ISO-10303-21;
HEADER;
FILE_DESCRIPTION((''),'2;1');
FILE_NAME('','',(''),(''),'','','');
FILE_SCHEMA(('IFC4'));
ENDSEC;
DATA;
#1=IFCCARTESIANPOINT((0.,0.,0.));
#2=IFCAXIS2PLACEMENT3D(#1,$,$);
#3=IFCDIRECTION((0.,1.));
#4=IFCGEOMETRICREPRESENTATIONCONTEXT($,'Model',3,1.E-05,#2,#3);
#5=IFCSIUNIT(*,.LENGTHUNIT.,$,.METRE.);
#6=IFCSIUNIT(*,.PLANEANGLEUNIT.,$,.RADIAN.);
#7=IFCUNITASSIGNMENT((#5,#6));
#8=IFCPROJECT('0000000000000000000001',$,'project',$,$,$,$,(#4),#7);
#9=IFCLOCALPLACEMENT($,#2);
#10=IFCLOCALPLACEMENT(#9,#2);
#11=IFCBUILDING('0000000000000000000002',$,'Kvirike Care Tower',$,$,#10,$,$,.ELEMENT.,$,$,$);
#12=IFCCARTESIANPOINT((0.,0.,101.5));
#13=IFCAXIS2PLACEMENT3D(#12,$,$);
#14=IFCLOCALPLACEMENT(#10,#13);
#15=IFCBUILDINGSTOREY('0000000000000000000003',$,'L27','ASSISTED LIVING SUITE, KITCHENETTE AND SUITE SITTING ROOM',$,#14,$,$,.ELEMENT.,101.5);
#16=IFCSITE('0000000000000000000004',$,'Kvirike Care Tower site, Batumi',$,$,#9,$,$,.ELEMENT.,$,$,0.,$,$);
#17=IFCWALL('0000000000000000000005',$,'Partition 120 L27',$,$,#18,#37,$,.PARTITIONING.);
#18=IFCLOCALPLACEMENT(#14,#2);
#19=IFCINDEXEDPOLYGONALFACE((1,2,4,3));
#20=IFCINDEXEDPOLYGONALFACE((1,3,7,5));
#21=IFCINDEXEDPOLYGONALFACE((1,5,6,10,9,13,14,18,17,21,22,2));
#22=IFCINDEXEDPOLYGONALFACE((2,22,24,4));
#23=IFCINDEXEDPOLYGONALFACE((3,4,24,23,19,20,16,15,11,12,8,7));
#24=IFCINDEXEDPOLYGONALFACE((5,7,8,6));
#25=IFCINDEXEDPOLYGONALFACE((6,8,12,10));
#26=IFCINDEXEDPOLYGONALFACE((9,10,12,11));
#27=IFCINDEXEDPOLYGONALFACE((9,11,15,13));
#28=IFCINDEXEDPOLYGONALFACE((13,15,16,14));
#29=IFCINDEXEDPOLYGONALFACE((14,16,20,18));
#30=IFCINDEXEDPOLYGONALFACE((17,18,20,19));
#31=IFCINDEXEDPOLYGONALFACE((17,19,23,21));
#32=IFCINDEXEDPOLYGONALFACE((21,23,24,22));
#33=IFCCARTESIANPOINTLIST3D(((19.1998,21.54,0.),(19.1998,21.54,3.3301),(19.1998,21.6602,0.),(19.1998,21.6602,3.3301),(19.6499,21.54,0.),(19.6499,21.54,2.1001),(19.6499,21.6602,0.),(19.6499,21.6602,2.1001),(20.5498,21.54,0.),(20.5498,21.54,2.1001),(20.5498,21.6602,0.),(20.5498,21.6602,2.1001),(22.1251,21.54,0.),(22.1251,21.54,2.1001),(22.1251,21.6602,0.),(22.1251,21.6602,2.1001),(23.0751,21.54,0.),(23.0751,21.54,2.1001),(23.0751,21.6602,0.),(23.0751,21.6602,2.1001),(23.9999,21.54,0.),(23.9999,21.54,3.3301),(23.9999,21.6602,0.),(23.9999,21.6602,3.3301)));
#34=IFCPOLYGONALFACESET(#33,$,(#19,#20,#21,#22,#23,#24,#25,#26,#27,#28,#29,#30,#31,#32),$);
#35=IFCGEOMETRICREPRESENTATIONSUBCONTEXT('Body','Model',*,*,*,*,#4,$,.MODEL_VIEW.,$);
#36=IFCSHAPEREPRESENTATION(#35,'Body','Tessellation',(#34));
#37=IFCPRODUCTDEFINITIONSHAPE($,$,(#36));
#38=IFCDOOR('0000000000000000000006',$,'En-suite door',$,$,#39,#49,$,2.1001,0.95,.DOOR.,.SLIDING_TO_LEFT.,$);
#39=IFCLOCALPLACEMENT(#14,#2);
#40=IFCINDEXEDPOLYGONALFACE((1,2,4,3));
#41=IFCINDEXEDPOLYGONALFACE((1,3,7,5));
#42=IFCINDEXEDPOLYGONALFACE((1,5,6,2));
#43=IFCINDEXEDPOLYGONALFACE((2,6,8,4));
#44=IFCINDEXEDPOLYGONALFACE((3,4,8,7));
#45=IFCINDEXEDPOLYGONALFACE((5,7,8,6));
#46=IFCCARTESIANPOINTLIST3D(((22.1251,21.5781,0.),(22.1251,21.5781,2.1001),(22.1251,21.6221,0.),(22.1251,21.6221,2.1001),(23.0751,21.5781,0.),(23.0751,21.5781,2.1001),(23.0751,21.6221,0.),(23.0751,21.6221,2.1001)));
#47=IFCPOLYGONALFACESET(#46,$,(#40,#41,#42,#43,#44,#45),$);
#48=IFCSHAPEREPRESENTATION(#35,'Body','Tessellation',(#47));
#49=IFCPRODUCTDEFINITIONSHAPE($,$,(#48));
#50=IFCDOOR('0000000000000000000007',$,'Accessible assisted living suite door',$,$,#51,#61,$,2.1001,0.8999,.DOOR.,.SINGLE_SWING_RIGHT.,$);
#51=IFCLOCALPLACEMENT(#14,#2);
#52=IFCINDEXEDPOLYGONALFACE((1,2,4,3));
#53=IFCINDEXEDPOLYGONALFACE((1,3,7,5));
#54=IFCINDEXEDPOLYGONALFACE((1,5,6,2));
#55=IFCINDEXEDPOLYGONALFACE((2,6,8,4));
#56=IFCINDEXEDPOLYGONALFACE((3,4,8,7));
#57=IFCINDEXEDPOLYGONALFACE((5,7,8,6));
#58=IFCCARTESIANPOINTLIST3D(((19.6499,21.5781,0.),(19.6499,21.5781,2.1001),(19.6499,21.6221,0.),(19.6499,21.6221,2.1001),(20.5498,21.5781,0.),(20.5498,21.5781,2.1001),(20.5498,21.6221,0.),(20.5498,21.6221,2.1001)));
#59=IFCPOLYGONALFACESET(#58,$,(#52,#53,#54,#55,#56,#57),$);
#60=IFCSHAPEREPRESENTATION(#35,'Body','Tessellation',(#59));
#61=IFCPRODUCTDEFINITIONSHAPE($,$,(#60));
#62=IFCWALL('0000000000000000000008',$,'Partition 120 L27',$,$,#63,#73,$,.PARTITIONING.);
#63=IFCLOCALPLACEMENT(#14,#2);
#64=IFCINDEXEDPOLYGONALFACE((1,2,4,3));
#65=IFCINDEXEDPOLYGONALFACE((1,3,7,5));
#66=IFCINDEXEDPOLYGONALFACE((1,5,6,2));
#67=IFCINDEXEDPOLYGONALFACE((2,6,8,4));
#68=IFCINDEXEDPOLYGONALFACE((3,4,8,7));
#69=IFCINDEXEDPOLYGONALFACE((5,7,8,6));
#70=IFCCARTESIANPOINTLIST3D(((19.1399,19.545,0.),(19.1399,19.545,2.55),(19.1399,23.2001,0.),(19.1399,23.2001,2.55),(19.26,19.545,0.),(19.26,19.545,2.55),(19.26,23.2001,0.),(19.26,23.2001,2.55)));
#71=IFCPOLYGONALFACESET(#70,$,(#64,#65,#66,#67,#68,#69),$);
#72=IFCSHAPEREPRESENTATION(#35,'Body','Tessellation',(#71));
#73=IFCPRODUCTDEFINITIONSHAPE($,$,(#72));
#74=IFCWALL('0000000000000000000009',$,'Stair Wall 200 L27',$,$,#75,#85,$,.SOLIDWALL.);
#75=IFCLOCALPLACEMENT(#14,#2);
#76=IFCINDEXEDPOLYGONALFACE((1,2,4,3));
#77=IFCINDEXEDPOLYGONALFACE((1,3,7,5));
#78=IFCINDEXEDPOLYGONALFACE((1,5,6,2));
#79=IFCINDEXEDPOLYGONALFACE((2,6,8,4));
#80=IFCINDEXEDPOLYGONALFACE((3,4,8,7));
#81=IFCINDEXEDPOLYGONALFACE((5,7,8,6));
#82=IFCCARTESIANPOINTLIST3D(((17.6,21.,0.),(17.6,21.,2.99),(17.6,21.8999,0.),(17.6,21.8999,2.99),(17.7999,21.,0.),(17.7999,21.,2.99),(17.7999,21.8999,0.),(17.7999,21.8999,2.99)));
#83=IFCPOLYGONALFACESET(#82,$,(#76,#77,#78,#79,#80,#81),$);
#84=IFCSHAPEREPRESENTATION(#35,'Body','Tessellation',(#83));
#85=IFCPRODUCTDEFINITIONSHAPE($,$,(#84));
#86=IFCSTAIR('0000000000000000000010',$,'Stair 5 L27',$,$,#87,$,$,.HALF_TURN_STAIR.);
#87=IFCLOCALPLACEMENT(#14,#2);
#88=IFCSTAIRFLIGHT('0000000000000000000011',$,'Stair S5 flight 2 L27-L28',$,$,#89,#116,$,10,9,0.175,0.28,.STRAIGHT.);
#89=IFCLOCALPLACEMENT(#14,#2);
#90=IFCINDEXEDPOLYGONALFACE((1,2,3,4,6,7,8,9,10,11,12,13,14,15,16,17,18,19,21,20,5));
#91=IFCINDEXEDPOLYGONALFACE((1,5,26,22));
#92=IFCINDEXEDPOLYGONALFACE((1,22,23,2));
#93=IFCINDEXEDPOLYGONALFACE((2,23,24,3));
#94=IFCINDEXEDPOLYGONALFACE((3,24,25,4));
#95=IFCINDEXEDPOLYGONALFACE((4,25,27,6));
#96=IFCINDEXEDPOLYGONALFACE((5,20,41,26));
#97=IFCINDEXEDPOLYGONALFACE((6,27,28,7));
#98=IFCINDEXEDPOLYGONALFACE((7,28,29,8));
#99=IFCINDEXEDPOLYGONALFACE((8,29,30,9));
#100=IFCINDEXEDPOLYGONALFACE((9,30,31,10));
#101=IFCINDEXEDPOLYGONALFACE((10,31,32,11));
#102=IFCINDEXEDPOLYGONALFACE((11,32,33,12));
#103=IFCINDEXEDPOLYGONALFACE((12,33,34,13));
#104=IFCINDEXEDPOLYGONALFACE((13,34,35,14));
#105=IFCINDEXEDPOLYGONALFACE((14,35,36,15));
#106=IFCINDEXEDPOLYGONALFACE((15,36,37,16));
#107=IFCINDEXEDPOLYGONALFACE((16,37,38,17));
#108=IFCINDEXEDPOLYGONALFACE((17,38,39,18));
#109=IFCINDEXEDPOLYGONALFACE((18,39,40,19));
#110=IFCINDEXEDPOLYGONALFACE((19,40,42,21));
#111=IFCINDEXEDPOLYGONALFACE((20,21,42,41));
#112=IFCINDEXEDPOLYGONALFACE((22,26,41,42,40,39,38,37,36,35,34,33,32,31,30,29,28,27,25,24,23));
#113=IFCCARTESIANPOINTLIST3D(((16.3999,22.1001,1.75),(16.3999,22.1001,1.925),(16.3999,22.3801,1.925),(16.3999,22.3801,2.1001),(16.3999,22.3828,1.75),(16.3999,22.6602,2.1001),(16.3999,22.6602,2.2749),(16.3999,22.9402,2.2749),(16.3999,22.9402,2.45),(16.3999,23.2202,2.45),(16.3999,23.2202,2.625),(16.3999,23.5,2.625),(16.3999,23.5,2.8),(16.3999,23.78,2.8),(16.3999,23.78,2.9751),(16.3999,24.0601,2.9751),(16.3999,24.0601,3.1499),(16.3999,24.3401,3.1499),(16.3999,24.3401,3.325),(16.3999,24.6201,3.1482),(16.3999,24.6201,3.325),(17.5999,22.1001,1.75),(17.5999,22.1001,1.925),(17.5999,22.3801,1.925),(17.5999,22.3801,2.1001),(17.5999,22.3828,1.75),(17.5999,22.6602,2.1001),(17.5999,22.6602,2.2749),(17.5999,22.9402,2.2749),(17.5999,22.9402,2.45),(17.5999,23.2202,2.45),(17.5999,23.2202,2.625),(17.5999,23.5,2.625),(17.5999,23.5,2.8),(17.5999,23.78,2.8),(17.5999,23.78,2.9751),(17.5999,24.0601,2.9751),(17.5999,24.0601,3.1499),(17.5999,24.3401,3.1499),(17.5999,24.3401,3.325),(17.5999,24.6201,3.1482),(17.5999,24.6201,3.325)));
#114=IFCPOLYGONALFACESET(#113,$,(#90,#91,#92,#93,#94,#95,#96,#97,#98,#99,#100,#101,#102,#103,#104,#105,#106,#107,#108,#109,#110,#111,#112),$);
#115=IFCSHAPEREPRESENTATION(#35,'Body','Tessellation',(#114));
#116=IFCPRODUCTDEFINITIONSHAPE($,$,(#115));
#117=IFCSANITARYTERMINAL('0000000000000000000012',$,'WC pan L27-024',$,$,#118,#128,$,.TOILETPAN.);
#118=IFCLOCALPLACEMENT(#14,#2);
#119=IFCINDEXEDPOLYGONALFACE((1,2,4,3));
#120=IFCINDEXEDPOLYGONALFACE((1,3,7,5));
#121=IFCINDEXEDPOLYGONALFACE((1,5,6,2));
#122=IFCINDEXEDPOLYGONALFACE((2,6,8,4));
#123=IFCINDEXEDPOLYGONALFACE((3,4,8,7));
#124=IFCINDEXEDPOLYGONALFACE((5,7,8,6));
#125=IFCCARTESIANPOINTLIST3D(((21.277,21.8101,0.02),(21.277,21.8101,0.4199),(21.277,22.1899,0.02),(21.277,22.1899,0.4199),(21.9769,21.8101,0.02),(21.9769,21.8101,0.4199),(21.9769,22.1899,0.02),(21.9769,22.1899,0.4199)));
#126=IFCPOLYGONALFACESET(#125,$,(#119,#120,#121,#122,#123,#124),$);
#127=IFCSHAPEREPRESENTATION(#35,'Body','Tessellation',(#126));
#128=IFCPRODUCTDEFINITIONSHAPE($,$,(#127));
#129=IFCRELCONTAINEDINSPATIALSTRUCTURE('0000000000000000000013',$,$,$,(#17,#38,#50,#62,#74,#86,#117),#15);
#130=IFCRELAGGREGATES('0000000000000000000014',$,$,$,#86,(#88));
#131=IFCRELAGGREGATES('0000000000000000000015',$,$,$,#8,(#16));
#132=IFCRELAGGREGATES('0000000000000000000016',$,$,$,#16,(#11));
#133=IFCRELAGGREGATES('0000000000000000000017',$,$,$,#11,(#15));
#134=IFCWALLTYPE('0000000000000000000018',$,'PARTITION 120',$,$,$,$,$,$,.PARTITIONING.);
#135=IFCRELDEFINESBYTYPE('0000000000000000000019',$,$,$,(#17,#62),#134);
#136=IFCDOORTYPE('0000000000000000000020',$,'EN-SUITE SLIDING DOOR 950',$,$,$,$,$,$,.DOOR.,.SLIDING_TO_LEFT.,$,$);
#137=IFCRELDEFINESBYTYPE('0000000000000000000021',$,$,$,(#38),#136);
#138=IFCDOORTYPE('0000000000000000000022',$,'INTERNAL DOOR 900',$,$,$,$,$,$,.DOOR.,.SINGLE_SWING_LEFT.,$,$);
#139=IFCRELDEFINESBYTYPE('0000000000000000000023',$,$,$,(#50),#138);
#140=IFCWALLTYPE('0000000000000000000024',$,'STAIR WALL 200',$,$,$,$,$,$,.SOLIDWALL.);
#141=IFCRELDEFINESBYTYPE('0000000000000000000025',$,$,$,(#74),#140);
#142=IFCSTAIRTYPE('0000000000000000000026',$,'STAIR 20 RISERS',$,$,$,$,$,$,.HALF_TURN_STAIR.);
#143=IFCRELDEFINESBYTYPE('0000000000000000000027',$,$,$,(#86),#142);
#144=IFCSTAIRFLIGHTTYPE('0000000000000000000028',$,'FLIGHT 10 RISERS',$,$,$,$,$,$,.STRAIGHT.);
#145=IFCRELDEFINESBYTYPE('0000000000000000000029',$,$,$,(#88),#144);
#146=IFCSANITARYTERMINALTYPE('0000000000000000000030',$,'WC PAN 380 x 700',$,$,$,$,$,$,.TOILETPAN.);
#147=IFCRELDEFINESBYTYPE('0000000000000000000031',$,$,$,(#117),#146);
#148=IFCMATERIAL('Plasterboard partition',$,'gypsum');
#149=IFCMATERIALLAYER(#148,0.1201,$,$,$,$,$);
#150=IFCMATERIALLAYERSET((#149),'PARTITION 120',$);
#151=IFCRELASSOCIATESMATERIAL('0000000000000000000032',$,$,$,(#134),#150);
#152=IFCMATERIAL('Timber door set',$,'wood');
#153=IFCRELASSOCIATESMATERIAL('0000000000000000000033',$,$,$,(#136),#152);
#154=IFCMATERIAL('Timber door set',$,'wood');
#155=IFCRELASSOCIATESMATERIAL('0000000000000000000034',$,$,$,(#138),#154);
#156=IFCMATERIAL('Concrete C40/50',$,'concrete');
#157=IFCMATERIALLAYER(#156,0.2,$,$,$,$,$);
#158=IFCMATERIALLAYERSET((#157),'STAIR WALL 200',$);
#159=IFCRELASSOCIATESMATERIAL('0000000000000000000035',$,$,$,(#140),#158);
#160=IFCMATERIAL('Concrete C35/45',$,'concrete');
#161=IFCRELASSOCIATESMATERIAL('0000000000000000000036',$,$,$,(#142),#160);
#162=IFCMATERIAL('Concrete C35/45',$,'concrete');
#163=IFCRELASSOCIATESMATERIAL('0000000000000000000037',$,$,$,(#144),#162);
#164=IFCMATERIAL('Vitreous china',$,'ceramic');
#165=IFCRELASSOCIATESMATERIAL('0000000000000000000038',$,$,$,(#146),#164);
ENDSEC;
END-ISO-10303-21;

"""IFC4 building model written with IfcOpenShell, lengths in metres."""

from ifc_helpers import new_model, si_unit, direction, frame, frame_2d, origin, origin_2d, place, context, subcontext, project, spatial, polyline, rectangle, outline, extrude, material, layer, layer_set, type_object, element, fill, aggregate, save


model = new_model("IFC4")

# Units and contexts
model_context = context("Model", 3, precision=1e-05, world=origin(), true_north=direction((0.0, 1.0)))
body_context = subcontext(model_context, "Body", "Model", "MODEL_VIEW")
ifc_project = project(units=[si_unit("LENGTHUNIT", "METRE"), si_unit("PLANEANGLEUNIT", "RADIAN")], contexts=[model_context])

# Site, building, storey
site_placement = place(None, origin())
site = spatial("IfcSite", under=ifc_project, at=site_placement, Name="Kvirike Care Tower site, Batumi", CompositionType="ELEMENT", RefElevation=0.0)
building_placement = place(site_placement, origin())
building = spatial("IfcBuilding", under=site, at=building_placement, Name="Kvirike Care Tower", CompositionType="ELEMENT")
storey_placement = place(building_placement, frame((0.0, 0.0, 101.5)))
storey = spatial("IfcBuildingStorey", under=building, at=storey_placement, Name="L27", Description="ASSISTED LIVING SUITE, KITCHENETTE AND SUITE SITTING ROOM", CompositionType="ELEMENT", Elevation=101.5)

# Wall, openings, doors
ifc_material_1 = material(Name="Plasterboard partition", Category="gypsum")
ifc_layer_1 = layer(ifc_material_1, 0.1201)
ifc_layer_set_1 = layer_set([ifc_layer_1], Name="PARTITION 120")
wall_type_1 = type_object("IfcWallType", Name="PARTITION 120", PredefinedType="PARTITIONING", material=ifc_layer_set_1)
wall_1_placement = place(storey_placement, frame((19.2, 21.6001, 0.0), z_axis=(0.0, 0.0, 1.0), x_axis=(1.0, 0.0, 0.0)))
wall_1 = element("IfcWall", 1, at=wall_1_placement, inside=storey, type_object=wall_type_1, Name="Partition 120 L27", PredefinedType="PARTITIONING", context=body_context, shape_type="SweptSolid", body=[
    extrude(rectangle(XDim=4.8, YDim=0.1201, at=frame_2d((2.3999, 0.0))), origin(), (0.0, 0.0, 1.0), 3.3301),
])
opening_1_placement = place(wall_1_placement, frame((0.45, 0.0, 0.0)))
opening_1 = element("IfcOpeningElement", 2, at=opening_1_placement, cuts=wall_1, PredefinedType="OPENING", context=body_context, shape_type="SweptSolid", body=[
    extrude(rectangle(XDim=0.8999, YDim=2.1001, at=frame_2d((0.45, 1.05))), frame((0.0, 0.0706, 0.0), z_axis=(0.0, -1.0, 0.0), x_axis=(1.0, 0.0, 0.0)), (0.0, 0.0, 1.0), 0.1411),
])
opening_2_placement = place(wall_1_placement, frame((2.925, 0.0, 0.0)))
opening_2 = element("IfcOpeningElement", 3, at=opening_2_placement, cuts=wall_1, PredefinedType="OPENING", context=body_context, shape_type="SweptSolid", body=[
    extrude(rectangle(XDim=0.95, YDim=2.1001, at=frame_2d((0.4751, 1.05))), frame((0.0, 0.0706, 0.0), z_axis=(0.0, -1.0, 0.0), x_axis=(1.0, 0.0, 0.0)), (0.0, 0.0, 1.0), 0.1411),
])
ifc_material_2 = material(Name="Timber door set", Category="wood")
door_type_1 = type_object("IfcDoorType", Name="EN-SUITE SLIDING DOOR 950", OperationType="SLIDING_TO_LEFT", PredefinedType="DOOR", material=ifc_material_2)
door_1_placement = place(opening_2_placement, origin())
door_1 = element("IfcDoor", 4, at=door_1_placement, inside=storey, type_object=door_type_1, Name="En-suite door", OperationType="SLIDING_TO_LEFT", OverallHeight=2.1001, OverallWidth=0.95, PredefinedType="DOOR", context=body_context, shape_type="SweptSolid", body=[
    extrude(rectangle(XDim=0.95, YDim=2.1001, at=frame_2d((0.4751, 1.05))), frame((0.0, 0.022, 0.0), z_axis=(0.0, -1.0, 0.0), x_axis=(1.0, 0.0, 0.0)), (0.0, 0.0, 1.0), 0.0439),
])
fill(opening_2, door_1)
ifc_material_3 = material(Name="Timber door set", Category="wood")
door_type_2 = type_object("IfcDoorType", Name="INTERNAL DOOR 900", OperationType="SINGLE_SWING_LEFT", PredefinedType="DOOR", material=ifc_material_3)
door_2_placement = place(opening_1_placement, origin())
door_2 = element("IfcDoor", 5, at=door_2_placement, inside=storey, type_object=door_type_2, Name="Accessible assisted living suite door", OperationType="SINGLE_SWING_RIGHT", OverallHeight=2.1001, OverallWidth=0.8999, PredefinedType="DOOR", context=body_context, shape_type="SweptSolid", body=[
    extrude(rectangle(XDim=0.8999, YDim=2.1001, at=frame_2d((0.45, 1.05))), frame((0.0, 0.022, 0.0), z_axis=(0.0, -1.0, 0.0), x_axis=(1.0, 0.0, 0.0)), (0.0, 0.0, 1.0), 0.0439),
])
fill(opening_1, door_2)

# Walls
wall_2_placement = place(storey_placement, frame((19.2, 19.5449, 0.0), z_axis=(0.0, 0.0, 1.0), x_axis=(0.0, 1.0, 0.0)))
element("IfcWall", 6, at=wall_2_placement, inside=storey, type_object=wall_type_1, Name="Partition 120 L27", PredefinedType="PARTITIONING", context=body_context, shape_type="SweptSolid", body=[
    extrude(rectangle(XDim=3.655, YDim=0.1201, at=frame_2d((1.8276, 0.0))), origin(), (0.0, 0.0, 1.0), 2.55),
])
ifc_material_4 = material(Name="Concrete C40/50", Category="concrete")
ifc_layer_2 = layer(ifc_material_4, 0.2)
ifc_layer_set_2 = layer_set([ifc_layer_2], Name="STAIR WALL 200")
wall_type_2 = type_object("IfcWallType", Name="STAIR WALL 200", PredefinedType="SOLIDWALL", material=ifc_layer_set_2)
wall_3_placement = place(storey_placement, frame((17.7, 21.0, 0.0), z_axis=(0.0, 0.0, 1.0), x_axis=(0.0, 1.0, 0.0)))
element("IfcWall", 7, at=wall_3_placement, inside=storey, type_object=wall_type_2, Name="Stair Wall 200 L27", PredefinedType="SOLIDWALL", context=body_context, shape_type="SweptSolid", body=[
    extrude(rectangle(XDim=0.8999, YDim=0.2, at=frame_2d((0.45, 0.0))), origin(), (0.0, 0.0, 1.0), 2.99),
])

# Stair, stair flight
ifc_material_5 = material(Name="Concrete C35/45", Category="concrete")
stair_type = type_object("IfcStairType", Name="STAIR 20 RISERS", PredefinedType="HALF_TURN_STAIR", material=ifc_material_5)
stair_placement = place(storey_placement, origin())
stair = element("IfcStair", 8, at=stair_placement, inside=storey, type_object=stair_type, Name="Stair 5 L27", PredefinedType="HALF_TURN_STAIR")
ifc_material_6 = material(Name="Concrete C35/45", Category="concrete")
stair_flight_type = type_object("IfcStairFlightType", Name="FLIGHT 10 RISERS", PredefinedType="STRAIGHT", material=ifc_material_6)
stair_flight_placement = place(storey_placement, frame((17.0, 22.1001, 1.75), z_axis=(0.0, 0.0, 1.0), x_axis=(0.0, 1.0, 0.0)))
stair_flight = element("IfcStairFlight", 9, at=stair_flight_placement, type_object=stair_flight_type, Name="Stair S5 flight 2 L27-L28", NumberOfRisers=10, NumberOfTreads=9, PredefinedType="STRAIGHT", RiserHeight=0.175, TreadLength=0.28, context=body_context, shape_type="SweptSolid", body=[
    extrude(outline(polyline([(0.0, 0.0), (0.0, 0.175), (0.28, 0.175), (0.28, 0.3501), (0.5601, 0.3501), (0.5601, 0.5249), (0.8401, 0.5249), (0.8401, 0.7), (1.1201, 0.7), (1.1201, 0.875), (1.3999, 0.875), (1.3999, 1.05), (1.6799, 1.05), (1.6799, 1.2251), (1.96, 1.2251), (1.96, 1.3999), (2.24, 1.3999), (2.24, 1.575), (2.52, 1.575), (2.52, 1.75), (2.52, 1.3982), (0.2827, 0.0), (0.0, 0.0)])), frame((0.0, 0.6001, 0.0), z_axis=(0.0, -1.0, 0.0), x_axis=(1.0, 0.0, 0.0)), (0.0, 0.0, 1.0), 1.2),
])
aggregate(stair, [stair_flight])

# Sanitary terminal
ifc_material_7 = material(Name="Vitreous china", Category="ceramic")
sanitary_terminal_type = type_object("IfcSanitaryTerminalType", Name="WC PAN 380 x 700", PredefinedType="TOILETPAN", material=ifc_material_7)
sanitary_terminal_placement = place(storey_placement, frame((21.627, 22.0, 0.02), z_axis=(0.0, 0.0, 1.0), x_axis=(0.0, 1.0, 0.0)))
element("IfcSanitaryTerminal", 10, at=sanitary_terminal_placement, inside=storey, type_object=sanitary_terminal_type, Name="WC pan L27-024", PredefinedType="TOILETPAN", context=body_context, shape_type="SweptSolid", body=[
    extrude(rectangle(XDim=0.3799, YDim=0.7, at=origin_2d()), origin(), (0.0, 0.0, 1.0), 0.3999),
])

save(model, "model.ifc")
